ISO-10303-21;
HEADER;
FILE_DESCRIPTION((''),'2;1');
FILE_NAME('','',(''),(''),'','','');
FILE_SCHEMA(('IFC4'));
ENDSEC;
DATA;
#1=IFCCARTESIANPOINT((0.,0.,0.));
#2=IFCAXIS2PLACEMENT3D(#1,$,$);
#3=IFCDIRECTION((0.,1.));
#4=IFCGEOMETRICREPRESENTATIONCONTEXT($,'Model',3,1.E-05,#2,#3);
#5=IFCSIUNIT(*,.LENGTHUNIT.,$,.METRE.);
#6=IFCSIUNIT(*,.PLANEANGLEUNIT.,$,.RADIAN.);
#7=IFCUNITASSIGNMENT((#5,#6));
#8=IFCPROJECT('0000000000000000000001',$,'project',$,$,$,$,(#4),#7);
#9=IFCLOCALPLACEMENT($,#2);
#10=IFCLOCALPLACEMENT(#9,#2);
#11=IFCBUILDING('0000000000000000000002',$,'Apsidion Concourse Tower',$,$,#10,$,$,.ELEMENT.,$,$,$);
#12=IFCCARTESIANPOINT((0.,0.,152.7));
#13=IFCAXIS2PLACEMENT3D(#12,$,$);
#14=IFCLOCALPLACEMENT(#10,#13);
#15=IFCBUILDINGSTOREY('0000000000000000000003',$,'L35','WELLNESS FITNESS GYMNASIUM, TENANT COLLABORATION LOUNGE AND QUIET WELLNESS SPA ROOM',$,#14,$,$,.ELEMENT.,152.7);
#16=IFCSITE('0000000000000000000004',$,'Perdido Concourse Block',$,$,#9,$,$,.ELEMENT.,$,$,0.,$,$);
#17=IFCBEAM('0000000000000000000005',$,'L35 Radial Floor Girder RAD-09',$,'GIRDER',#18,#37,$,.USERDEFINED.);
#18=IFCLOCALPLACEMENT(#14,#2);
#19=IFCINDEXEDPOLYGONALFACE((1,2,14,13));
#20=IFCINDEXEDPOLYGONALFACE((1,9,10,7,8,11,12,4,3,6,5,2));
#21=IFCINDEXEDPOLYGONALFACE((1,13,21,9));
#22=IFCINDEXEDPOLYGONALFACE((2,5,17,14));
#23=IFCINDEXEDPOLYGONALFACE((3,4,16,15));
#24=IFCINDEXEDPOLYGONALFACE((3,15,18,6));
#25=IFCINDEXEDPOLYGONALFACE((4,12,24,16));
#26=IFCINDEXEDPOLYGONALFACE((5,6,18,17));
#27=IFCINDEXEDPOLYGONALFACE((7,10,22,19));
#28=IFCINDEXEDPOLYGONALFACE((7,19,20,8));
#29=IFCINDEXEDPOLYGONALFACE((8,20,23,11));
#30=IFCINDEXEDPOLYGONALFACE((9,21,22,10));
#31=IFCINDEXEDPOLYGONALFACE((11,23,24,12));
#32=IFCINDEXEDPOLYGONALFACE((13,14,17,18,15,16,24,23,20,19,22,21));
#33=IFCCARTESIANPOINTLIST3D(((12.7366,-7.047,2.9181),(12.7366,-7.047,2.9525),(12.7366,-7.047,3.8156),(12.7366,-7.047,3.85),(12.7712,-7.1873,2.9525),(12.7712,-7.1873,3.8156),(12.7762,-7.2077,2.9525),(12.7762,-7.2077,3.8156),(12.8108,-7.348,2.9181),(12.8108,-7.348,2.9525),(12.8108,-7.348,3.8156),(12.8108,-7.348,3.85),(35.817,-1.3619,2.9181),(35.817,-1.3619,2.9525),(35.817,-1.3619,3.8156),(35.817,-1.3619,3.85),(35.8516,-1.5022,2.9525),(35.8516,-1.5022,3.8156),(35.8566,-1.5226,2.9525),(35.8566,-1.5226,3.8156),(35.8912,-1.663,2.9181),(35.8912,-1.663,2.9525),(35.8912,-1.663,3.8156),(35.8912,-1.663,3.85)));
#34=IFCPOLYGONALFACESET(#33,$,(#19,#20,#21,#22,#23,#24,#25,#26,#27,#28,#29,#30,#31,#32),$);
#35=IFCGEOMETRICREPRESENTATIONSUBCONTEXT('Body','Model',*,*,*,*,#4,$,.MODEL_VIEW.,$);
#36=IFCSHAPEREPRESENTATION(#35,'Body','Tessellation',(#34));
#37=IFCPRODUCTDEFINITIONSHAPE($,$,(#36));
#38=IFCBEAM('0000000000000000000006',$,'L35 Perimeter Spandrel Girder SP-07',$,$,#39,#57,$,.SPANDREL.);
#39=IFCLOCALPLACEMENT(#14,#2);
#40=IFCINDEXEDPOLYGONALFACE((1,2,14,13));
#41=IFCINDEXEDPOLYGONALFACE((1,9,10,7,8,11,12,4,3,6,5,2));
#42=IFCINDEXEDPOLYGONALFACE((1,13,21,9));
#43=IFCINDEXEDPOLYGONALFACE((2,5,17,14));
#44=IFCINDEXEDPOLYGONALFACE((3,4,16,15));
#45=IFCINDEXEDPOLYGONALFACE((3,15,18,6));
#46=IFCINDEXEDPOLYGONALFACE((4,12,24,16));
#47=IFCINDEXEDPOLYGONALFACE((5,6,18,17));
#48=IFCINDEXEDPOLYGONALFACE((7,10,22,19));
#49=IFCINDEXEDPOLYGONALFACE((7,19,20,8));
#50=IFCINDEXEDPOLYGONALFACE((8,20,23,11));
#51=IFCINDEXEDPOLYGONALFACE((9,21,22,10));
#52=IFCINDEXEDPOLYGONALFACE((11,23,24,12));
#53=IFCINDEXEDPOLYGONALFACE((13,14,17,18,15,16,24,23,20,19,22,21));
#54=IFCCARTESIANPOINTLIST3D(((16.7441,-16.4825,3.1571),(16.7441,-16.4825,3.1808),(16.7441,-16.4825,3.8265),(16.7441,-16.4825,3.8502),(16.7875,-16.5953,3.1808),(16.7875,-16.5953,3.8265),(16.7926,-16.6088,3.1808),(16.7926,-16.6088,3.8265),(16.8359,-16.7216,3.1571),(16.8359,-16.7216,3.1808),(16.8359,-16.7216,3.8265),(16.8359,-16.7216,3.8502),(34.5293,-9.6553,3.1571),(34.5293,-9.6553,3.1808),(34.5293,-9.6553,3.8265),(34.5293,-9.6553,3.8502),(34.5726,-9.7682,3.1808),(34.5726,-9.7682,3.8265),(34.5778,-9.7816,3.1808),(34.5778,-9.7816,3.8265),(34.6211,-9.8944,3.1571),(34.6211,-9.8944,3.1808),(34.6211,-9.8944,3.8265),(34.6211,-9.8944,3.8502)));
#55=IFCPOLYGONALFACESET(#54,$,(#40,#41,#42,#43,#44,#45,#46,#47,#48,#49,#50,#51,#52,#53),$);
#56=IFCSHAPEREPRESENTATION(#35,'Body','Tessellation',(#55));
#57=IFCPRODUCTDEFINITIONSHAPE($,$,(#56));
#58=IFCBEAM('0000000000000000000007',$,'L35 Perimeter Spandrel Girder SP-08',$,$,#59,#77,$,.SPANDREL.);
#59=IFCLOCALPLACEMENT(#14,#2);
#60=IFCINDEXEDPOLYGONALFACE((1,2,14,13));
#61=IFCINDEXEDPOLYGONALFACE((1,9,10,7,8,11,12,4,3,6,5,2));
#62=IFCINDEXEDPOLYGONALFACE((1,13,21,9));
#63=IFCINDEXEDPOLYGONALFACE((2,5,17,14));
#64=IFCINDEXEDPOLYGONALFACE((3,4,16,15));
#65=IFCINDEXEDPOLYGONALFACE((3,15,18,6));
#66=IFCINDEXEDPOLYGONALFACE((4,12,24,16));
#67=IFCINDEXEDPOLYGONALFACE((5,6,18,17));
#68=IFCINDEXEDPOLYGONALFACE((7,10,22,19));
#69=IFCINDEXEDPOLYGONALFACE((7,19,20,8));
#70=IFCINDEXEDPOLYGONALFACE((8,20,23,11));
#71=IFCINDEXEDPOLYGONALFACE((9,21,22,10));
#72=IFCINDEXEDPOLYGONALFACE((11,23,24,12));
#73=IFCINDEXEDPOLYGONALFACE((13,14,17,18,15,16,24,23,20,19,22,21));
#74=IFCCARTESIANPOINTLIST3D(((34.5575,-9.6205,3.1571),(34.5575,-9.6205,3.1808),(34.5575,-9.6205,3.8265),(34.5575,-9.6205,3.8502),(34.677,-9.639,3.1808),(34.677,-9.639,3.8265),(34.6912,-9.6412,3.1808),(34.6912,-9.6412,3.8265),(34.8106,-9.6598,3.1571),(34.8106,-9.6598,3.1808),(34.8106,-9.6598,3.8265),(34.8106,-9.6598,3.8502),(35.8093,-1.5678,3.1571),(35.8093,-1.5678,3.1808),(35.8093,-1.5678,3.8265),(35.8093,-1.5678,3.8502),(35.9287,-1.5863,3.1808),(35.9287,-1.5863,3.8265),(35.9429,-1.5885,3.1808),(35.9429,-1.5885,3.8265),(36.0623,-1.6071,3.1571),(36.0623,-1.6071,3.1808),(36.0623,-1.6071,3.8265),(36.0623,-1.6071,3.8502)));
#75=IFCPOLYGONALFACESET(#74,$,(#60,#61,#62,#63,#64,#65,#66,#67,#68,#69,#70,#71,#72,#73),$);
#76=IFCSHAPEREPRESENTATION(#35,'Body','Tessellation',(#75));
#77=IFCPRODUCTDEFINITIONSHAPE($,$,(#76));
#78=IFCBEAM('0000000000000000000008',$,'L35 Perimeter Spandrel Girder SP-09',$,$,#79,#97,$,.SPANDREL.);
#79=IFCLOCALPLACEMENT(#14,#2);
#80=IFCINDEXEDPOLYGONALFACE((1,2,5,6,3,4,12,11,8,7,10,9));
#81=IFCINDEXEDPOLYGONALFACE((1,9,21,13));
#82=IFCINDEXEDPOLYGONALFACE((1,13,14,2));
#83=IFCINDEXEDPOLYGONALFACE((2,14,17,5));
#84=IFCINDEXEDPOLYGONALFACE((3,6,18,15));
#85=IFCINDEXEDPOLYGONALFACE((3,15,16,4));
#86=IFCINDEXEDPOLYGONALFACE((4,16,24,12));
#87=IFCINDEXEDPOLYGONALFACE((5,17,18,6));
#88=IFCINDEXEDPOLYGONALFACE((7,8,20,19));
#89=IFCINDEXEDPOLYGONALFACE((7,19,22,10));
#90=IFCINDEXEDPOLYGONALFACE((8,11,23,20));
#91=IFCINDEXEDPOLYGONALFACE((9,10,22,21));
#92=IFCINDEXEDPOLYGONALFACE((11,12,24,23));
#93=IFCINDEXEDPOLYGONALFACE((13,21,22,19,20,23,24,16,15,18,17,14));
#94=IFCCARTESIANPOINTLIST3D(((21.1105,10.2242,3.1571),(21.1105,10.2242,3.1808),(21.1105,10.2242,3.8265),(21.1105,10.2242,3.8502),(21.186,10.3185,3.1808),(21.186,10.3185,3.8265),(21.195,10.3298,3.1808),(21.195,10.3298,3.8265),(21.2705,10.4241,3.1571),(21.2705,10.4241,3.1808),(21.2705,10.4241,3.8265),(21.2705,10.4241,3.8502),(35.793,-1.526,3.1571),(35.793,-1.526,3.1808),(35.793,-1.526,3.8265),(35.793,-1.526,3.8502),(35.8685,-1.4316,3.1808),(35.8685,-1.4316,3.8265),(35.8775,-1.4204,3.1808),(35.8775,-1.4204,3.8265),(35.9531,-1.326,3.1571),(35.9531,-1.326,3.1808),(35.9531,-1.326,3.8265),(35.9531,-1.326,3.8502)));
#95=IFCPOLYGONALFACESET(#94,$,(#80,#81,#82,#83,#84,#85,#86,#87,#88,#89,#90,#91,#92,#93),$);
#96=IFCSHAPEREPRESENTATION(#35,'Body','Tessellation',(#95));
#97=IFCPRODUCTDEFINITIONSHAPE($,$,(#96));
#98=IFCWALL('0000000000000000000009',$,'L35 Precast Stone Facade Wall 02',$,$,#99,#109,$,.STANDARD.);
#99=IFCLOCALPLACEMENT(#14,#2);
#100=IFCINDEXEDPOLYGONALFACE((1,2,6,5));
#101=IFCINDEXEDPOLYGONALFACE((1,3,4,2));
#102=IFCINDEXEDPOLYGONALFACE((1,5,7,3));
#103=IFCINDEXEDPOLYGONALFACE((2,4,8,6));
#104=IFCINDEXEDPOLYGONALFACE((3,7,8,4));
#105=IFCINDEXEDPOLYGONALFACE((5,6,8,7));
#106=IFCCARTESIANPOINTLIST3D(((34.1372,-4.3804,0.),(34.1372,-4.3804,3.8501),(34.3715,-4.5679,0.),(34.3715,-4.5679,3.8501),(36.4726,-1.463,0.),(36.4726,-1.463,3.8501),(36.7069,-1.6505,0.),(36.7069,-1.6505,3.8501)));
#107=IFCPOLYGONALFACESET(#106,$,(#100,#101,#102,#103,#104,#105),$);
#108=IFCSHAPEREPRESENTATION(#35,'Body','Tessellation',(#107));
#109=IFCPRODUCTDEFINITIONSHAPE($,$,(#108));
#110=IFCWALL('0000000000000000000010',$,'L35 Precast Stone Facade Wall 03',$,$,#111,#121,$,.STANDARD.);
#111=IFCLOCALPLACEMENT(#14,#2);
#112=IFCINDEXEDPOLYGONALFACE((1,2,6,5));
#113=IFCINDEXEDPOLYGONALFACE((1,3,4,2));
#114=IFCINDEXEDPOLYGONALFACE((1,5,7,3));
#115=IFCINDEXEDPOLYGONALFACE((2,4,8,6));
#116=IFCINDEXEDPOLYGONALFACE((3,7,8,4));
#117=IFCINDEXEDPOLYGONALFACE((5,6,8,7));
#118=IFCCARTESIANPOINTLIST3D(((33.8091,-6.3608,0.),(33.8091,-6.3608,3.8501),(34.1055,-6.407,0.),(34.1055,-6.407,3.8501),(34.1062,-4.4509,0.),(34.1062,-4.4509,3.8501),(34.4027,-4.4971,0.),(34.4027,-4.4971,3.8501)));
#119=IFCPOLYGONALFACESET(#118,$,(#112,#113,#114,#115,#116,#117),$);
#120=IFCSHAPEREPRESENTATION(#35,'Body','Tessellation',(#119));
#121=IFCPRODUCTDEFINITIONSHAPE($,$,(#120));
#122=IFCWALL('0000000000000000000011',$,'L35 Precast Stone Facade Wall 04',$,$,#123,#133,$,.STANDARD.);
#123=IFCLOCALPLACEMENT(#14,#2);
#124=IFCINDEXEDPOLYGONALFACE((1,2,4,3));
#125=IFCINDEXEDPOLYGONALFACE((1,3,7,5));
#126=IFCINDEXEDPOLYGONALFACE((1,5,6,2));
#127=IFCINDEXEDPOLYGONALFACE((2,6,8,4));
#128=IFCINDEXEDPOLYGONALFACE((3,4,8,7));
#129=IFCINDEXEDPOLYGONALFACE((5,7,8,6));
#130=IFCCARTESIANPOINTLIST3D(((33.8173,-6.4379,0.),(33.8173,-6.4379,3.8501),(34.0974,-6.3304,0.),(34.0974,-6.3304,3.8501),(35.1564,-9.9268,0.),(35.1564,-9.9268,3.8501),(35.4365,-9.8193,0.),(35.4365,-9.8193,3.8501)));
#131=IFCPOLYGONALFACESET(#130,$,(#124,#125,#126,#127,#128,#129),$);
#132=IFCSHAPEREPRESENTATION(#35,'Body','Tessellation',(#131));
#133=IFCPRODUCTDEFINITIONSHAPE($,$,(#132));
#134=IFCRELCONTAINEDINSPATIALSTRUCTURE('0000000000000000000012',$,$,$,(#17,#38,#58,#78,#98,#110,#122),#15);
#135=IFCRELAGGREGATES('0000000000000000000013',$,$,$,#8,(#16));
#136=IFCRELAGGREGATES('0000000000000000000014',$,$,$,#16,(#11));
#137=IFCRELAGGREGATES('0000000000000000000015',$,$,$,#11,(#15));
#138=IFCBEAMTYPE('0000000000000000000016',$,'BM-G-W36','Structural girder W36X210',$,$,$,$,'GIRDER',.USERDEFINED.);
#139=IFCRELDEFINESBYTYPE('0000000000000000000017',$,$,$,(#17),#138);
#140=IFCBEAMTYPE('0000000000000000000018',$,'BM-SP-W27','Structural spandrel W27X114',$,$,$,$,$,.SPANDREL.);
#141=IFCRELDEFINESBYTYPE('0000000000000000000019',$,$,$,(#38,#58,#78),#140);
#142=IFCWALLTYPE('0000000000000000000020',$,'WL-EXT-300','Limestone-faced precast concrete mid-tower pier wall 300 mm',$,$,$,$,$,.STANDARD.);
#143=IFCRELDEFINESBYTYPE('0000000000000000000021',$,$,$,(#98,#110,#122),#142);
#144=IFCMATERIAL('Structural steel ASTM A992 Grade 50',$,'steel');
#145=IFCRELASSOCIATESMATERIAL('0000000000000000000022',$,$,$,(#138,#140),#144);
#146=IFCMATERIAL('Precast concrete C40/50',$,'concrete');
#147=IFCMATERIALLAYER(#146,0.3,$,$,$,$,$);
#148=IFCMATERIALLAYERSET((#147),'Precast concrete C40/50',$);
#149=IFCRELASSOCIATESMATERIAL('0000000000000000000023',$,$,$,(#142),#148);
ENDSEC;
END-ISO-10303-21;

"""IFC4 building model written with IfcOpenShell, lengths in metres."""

from ifc_helpers import new_model, si_unit, direction, frame, frame_2d, origin, origin_2d, place, context, subcontext, project, spatial, rectangle, i_section, extrude, material, layer, layer_set, material_profile, profile_set, type_object, element, save


model = new_model("IFC4")

# Units and contexts
model_context = context("Model", 3, precision=1e-05, world=origin(), true_north=direction((0.0, 1.0)))
body_context = subcontext(model_context, "Body", "Model", "MODEL_VIEW")
ifc_project = project(units=[si_unit("LENGTHUNIT", "METRE"), si_unit("PLANEANGLEUNIT", "RADIAN")], contexts=[model_context])

# Site, building, storey
site_placement = place(None, origin())
site = spatial("IfcSite", under=ifc_project, at=site_placement, Name="Perdido Concourse Block", CompositionType="ELEMENT", RefElevation=0.0)
building_placement = place(site_placement, origin())
building = spatial("IfcBuilding", under=site, at=building_placement, Name="Apsidion Concourse Tower", CompositionType="ELEMENT")
storey_placement = place(building_placement, frame((0.0, 0.0, 152.7)))
storey = spatial("IfcBuildingStorey", under=building, at=storey_placement, Name="L35", Description="WELLNESS FITNESS GYMNASIUM, TENANT COLLABORATION LOUNGE AND QUIET WELLNESS SPA ROOM", CompositionType="ELEMENT", Elevation=152.7)

# Shared definitions
ifc_material_1 = material(Name="Structural steel ASTM A992 Grade 50", Category="steel")

# Beams
ifc_material_profile_1 = material_profile(ifc_material_1, i_section(OverallWidth=0.3101, OverallDepth=0.9319, WebThickness=0.021, FlangeThickness=0.0344, at=origin_2d()), Name="W36X210")
ifc_profile_set_1 = profile_set([ifc_material_profile_1], Name="Structural steel ASTM A992 Grade 50")
beam_type_1 = type_object("IfcBeamType", Name="BM-G-W36", Description="Structural girder W36X210", ElementType="GIRDER", PredefinedType="USERDEFINED", material=ifc_profile_set_1)
beam_1_placement = place(storey_placement, frame((12.7737, -7.1975, 3.384), z_axis=(0.970978, 0.239168, 0.0), x_axis=(-0.239168, 0.970978, 0.0)))
element("IfcBeam", 1, at=beam_1_placement, inside=storey, type_object=beam_type_1, Name="L35 Radial Floor Girder RAD-09", ObjectType="GIRDER", PredefinedType="USERDEFINED", context=body_context, shape_type="SweptSolid", body=[
    extrude(i_section(OverallWidth=0.3101, OverallDepth=0.9319, WebThickness=0.021, FlangeThickness=0.0344, at=origin_2d()), origin(), (0.0, 0.0, 1.0), 23.7703),
])
ifc_material_profile_2 = material_profile(ifc_material_1, i_section(OverallWidth=0.2561, OverallDepth=0.6931, WebThickness=0.0144, FlangeThickness=0.0237, at=origin_2d()), Name="W27X114")
ifc_profile_set_2 = profile_set([ifc_material_profile_2], Name="Structural steel ASTM A992 Grade 50")
beam_type_2 = type_object("IfcBeamType", Name="BM-SP-W27", Description="Structural spandrel W27X114", PredefinedType="SPANDREL", material=ifc_profile_set_2)
beam_2_placement = place(storey_placement, frame((16.79, -16.6021, 3.5037), z_axis=(0.933579, 0.358371, 0.0), x_axis=(-0.358371, 0.933579, 0.0)))
element("IfcBeam", 2, at=beam_2_placement, inside=storey, type_object=beam_type_2, Name="L35 Perimeter Spandrel Girder SP-07", PredefinedType="SPANDREL", context=body_context, shape_type="SweptSolid", body=[
    extrude(i_section(OverallWidth=0.2561, OverallDepth=0.6931, WebThickness=0.0144, FlangeThickness=0.0237, at=origin_2d()), origin(), (0.0, 0.0, 1.0), 19.0505),
])
beam_3_placement = place(storey_placement, frame((34.6841, -9.6401, 3.5037), z_axis=(0.153595, 0.988134, 0.0), x_axis=(-0.988134, 0.153595, 0.0)))
element("IfcBeam", 3, at=beam_3_placement, inside=storey, type_object=beam_type_2, Name="L35 Perimeter Spandrel Girder SP-08", PredefinedType="SPANDREL", context=body_context, shape_type="SweptSolid", body=[
    extrude(i_section(OverallWidth=0.2561, OverallDepth=0.6931, WebThickness=0.0144, FlangeThickness=0.0237, at=origin_2d()), origin(), (0.0, 0.0, 1.0), 8.1494),
])
beam_4_placement = place(storey_placement, frame((35.873, -1.426, 3.5037), z_axis=(-0.780761, 0.62483, 0.0), x_axis=(-0.62483, -0.780761, 0.0)))
element("IfcBeam", 4, at=beam_4_placement, inside=storey, type_object=beam_type_2, Name="L35 Perimeter Spandrel Girder SP-09", PredefinedType="SPANDREL", context=body_context, shape_type="SweptSolid", body=[
    extrude(i_section(OverallWidth=0.2561, OverallDepth=0.6931, WebThickness=0.0144, FlangeThickness=0.0237, at=origin_2d()), origin(), (0.0, 0.0, 1.0), 18.8054),
])

# Walls
ifc_material_2 = material(Name="Precast concrete C40/50", Category="concrete")
ifc_layer_1 = layer(ifc_material_2, 0.3)
ifc_layer_set_1 = layer_set([ifc_layer_1], Name="Precast concrete C40/50")
wall_type_1 = type_object("IfcWallType", Name="WL-EXT-300", Description="Limestone-faced precast concrete mid-tower pier wall 300 mm", PredefinedType="STANDARD", material=ifc_layer_set_1)
wall_1_placement = place(storey_placement, frame((36.5898, -1.5566, 0.0), z_axis=(0.0, 0.0, 1.0), x_axis=(-0.624934, -0.780678, 0.0)))
element("IfcWall", 5, at=wall_1_placement, inside=storey, type_object=wall_type_1, Name="L35 Precast Stone Facade Wall 02", PredefinedType="STANDARD", context=body_context, shape_type="SweptSolid", body=[
    extrude(rectangle(XDim=3.7371, YDim=0.3, at=frame_2d((1.8687, 0.0))), origin(), (0.0, 0.0, 1.0), 3.8501),
])
wall_2_placement = place(storey_placement, frame((34.2544, -4.4741, 0.0), z_axis=(0.0, 0.0, 1.0), x_axis=(-0.153718, -0.988115, 0.0)))
element("IfcWall", 6, at=wall_2_placement, inside=storey, type_object=wall_type_1, Name="L35 Precast Stone Facade Wall 03", PredefinedType="STANDARD", context=body_context, shape_type="SweptSolid", body=[
    extrude(rectangle(XDim=1.9329, YDim=0.3, at=frame_2d((0.9663, 0.0))), origin(), (0.0, 0.0, 1.0), 3.8501),
])
wall_3_placement = place(storey_placement, frame((33.9573, -6.384, 0.0), z_axis=(0.0, 0.0, 1.0), x_axis=(0.358344, -0.93359, 0.0)))
element("IfcWall", 7, at=wall_3_placement, inside=storey, type_object=wall_type_1, Name="L35 Precast Stone Facade Wall 04", PredefinedType="STANDARD", context=body_context, shape_type="SweptSolid", body=[
    extrude(rectangle(XDim=3.7371, YDim=0.3, at=frame_2d((1.8687, 0.0))), origin(), (0.0, 0.0, 1.0), 3.8501),
])

save(model, "model.ifc")
